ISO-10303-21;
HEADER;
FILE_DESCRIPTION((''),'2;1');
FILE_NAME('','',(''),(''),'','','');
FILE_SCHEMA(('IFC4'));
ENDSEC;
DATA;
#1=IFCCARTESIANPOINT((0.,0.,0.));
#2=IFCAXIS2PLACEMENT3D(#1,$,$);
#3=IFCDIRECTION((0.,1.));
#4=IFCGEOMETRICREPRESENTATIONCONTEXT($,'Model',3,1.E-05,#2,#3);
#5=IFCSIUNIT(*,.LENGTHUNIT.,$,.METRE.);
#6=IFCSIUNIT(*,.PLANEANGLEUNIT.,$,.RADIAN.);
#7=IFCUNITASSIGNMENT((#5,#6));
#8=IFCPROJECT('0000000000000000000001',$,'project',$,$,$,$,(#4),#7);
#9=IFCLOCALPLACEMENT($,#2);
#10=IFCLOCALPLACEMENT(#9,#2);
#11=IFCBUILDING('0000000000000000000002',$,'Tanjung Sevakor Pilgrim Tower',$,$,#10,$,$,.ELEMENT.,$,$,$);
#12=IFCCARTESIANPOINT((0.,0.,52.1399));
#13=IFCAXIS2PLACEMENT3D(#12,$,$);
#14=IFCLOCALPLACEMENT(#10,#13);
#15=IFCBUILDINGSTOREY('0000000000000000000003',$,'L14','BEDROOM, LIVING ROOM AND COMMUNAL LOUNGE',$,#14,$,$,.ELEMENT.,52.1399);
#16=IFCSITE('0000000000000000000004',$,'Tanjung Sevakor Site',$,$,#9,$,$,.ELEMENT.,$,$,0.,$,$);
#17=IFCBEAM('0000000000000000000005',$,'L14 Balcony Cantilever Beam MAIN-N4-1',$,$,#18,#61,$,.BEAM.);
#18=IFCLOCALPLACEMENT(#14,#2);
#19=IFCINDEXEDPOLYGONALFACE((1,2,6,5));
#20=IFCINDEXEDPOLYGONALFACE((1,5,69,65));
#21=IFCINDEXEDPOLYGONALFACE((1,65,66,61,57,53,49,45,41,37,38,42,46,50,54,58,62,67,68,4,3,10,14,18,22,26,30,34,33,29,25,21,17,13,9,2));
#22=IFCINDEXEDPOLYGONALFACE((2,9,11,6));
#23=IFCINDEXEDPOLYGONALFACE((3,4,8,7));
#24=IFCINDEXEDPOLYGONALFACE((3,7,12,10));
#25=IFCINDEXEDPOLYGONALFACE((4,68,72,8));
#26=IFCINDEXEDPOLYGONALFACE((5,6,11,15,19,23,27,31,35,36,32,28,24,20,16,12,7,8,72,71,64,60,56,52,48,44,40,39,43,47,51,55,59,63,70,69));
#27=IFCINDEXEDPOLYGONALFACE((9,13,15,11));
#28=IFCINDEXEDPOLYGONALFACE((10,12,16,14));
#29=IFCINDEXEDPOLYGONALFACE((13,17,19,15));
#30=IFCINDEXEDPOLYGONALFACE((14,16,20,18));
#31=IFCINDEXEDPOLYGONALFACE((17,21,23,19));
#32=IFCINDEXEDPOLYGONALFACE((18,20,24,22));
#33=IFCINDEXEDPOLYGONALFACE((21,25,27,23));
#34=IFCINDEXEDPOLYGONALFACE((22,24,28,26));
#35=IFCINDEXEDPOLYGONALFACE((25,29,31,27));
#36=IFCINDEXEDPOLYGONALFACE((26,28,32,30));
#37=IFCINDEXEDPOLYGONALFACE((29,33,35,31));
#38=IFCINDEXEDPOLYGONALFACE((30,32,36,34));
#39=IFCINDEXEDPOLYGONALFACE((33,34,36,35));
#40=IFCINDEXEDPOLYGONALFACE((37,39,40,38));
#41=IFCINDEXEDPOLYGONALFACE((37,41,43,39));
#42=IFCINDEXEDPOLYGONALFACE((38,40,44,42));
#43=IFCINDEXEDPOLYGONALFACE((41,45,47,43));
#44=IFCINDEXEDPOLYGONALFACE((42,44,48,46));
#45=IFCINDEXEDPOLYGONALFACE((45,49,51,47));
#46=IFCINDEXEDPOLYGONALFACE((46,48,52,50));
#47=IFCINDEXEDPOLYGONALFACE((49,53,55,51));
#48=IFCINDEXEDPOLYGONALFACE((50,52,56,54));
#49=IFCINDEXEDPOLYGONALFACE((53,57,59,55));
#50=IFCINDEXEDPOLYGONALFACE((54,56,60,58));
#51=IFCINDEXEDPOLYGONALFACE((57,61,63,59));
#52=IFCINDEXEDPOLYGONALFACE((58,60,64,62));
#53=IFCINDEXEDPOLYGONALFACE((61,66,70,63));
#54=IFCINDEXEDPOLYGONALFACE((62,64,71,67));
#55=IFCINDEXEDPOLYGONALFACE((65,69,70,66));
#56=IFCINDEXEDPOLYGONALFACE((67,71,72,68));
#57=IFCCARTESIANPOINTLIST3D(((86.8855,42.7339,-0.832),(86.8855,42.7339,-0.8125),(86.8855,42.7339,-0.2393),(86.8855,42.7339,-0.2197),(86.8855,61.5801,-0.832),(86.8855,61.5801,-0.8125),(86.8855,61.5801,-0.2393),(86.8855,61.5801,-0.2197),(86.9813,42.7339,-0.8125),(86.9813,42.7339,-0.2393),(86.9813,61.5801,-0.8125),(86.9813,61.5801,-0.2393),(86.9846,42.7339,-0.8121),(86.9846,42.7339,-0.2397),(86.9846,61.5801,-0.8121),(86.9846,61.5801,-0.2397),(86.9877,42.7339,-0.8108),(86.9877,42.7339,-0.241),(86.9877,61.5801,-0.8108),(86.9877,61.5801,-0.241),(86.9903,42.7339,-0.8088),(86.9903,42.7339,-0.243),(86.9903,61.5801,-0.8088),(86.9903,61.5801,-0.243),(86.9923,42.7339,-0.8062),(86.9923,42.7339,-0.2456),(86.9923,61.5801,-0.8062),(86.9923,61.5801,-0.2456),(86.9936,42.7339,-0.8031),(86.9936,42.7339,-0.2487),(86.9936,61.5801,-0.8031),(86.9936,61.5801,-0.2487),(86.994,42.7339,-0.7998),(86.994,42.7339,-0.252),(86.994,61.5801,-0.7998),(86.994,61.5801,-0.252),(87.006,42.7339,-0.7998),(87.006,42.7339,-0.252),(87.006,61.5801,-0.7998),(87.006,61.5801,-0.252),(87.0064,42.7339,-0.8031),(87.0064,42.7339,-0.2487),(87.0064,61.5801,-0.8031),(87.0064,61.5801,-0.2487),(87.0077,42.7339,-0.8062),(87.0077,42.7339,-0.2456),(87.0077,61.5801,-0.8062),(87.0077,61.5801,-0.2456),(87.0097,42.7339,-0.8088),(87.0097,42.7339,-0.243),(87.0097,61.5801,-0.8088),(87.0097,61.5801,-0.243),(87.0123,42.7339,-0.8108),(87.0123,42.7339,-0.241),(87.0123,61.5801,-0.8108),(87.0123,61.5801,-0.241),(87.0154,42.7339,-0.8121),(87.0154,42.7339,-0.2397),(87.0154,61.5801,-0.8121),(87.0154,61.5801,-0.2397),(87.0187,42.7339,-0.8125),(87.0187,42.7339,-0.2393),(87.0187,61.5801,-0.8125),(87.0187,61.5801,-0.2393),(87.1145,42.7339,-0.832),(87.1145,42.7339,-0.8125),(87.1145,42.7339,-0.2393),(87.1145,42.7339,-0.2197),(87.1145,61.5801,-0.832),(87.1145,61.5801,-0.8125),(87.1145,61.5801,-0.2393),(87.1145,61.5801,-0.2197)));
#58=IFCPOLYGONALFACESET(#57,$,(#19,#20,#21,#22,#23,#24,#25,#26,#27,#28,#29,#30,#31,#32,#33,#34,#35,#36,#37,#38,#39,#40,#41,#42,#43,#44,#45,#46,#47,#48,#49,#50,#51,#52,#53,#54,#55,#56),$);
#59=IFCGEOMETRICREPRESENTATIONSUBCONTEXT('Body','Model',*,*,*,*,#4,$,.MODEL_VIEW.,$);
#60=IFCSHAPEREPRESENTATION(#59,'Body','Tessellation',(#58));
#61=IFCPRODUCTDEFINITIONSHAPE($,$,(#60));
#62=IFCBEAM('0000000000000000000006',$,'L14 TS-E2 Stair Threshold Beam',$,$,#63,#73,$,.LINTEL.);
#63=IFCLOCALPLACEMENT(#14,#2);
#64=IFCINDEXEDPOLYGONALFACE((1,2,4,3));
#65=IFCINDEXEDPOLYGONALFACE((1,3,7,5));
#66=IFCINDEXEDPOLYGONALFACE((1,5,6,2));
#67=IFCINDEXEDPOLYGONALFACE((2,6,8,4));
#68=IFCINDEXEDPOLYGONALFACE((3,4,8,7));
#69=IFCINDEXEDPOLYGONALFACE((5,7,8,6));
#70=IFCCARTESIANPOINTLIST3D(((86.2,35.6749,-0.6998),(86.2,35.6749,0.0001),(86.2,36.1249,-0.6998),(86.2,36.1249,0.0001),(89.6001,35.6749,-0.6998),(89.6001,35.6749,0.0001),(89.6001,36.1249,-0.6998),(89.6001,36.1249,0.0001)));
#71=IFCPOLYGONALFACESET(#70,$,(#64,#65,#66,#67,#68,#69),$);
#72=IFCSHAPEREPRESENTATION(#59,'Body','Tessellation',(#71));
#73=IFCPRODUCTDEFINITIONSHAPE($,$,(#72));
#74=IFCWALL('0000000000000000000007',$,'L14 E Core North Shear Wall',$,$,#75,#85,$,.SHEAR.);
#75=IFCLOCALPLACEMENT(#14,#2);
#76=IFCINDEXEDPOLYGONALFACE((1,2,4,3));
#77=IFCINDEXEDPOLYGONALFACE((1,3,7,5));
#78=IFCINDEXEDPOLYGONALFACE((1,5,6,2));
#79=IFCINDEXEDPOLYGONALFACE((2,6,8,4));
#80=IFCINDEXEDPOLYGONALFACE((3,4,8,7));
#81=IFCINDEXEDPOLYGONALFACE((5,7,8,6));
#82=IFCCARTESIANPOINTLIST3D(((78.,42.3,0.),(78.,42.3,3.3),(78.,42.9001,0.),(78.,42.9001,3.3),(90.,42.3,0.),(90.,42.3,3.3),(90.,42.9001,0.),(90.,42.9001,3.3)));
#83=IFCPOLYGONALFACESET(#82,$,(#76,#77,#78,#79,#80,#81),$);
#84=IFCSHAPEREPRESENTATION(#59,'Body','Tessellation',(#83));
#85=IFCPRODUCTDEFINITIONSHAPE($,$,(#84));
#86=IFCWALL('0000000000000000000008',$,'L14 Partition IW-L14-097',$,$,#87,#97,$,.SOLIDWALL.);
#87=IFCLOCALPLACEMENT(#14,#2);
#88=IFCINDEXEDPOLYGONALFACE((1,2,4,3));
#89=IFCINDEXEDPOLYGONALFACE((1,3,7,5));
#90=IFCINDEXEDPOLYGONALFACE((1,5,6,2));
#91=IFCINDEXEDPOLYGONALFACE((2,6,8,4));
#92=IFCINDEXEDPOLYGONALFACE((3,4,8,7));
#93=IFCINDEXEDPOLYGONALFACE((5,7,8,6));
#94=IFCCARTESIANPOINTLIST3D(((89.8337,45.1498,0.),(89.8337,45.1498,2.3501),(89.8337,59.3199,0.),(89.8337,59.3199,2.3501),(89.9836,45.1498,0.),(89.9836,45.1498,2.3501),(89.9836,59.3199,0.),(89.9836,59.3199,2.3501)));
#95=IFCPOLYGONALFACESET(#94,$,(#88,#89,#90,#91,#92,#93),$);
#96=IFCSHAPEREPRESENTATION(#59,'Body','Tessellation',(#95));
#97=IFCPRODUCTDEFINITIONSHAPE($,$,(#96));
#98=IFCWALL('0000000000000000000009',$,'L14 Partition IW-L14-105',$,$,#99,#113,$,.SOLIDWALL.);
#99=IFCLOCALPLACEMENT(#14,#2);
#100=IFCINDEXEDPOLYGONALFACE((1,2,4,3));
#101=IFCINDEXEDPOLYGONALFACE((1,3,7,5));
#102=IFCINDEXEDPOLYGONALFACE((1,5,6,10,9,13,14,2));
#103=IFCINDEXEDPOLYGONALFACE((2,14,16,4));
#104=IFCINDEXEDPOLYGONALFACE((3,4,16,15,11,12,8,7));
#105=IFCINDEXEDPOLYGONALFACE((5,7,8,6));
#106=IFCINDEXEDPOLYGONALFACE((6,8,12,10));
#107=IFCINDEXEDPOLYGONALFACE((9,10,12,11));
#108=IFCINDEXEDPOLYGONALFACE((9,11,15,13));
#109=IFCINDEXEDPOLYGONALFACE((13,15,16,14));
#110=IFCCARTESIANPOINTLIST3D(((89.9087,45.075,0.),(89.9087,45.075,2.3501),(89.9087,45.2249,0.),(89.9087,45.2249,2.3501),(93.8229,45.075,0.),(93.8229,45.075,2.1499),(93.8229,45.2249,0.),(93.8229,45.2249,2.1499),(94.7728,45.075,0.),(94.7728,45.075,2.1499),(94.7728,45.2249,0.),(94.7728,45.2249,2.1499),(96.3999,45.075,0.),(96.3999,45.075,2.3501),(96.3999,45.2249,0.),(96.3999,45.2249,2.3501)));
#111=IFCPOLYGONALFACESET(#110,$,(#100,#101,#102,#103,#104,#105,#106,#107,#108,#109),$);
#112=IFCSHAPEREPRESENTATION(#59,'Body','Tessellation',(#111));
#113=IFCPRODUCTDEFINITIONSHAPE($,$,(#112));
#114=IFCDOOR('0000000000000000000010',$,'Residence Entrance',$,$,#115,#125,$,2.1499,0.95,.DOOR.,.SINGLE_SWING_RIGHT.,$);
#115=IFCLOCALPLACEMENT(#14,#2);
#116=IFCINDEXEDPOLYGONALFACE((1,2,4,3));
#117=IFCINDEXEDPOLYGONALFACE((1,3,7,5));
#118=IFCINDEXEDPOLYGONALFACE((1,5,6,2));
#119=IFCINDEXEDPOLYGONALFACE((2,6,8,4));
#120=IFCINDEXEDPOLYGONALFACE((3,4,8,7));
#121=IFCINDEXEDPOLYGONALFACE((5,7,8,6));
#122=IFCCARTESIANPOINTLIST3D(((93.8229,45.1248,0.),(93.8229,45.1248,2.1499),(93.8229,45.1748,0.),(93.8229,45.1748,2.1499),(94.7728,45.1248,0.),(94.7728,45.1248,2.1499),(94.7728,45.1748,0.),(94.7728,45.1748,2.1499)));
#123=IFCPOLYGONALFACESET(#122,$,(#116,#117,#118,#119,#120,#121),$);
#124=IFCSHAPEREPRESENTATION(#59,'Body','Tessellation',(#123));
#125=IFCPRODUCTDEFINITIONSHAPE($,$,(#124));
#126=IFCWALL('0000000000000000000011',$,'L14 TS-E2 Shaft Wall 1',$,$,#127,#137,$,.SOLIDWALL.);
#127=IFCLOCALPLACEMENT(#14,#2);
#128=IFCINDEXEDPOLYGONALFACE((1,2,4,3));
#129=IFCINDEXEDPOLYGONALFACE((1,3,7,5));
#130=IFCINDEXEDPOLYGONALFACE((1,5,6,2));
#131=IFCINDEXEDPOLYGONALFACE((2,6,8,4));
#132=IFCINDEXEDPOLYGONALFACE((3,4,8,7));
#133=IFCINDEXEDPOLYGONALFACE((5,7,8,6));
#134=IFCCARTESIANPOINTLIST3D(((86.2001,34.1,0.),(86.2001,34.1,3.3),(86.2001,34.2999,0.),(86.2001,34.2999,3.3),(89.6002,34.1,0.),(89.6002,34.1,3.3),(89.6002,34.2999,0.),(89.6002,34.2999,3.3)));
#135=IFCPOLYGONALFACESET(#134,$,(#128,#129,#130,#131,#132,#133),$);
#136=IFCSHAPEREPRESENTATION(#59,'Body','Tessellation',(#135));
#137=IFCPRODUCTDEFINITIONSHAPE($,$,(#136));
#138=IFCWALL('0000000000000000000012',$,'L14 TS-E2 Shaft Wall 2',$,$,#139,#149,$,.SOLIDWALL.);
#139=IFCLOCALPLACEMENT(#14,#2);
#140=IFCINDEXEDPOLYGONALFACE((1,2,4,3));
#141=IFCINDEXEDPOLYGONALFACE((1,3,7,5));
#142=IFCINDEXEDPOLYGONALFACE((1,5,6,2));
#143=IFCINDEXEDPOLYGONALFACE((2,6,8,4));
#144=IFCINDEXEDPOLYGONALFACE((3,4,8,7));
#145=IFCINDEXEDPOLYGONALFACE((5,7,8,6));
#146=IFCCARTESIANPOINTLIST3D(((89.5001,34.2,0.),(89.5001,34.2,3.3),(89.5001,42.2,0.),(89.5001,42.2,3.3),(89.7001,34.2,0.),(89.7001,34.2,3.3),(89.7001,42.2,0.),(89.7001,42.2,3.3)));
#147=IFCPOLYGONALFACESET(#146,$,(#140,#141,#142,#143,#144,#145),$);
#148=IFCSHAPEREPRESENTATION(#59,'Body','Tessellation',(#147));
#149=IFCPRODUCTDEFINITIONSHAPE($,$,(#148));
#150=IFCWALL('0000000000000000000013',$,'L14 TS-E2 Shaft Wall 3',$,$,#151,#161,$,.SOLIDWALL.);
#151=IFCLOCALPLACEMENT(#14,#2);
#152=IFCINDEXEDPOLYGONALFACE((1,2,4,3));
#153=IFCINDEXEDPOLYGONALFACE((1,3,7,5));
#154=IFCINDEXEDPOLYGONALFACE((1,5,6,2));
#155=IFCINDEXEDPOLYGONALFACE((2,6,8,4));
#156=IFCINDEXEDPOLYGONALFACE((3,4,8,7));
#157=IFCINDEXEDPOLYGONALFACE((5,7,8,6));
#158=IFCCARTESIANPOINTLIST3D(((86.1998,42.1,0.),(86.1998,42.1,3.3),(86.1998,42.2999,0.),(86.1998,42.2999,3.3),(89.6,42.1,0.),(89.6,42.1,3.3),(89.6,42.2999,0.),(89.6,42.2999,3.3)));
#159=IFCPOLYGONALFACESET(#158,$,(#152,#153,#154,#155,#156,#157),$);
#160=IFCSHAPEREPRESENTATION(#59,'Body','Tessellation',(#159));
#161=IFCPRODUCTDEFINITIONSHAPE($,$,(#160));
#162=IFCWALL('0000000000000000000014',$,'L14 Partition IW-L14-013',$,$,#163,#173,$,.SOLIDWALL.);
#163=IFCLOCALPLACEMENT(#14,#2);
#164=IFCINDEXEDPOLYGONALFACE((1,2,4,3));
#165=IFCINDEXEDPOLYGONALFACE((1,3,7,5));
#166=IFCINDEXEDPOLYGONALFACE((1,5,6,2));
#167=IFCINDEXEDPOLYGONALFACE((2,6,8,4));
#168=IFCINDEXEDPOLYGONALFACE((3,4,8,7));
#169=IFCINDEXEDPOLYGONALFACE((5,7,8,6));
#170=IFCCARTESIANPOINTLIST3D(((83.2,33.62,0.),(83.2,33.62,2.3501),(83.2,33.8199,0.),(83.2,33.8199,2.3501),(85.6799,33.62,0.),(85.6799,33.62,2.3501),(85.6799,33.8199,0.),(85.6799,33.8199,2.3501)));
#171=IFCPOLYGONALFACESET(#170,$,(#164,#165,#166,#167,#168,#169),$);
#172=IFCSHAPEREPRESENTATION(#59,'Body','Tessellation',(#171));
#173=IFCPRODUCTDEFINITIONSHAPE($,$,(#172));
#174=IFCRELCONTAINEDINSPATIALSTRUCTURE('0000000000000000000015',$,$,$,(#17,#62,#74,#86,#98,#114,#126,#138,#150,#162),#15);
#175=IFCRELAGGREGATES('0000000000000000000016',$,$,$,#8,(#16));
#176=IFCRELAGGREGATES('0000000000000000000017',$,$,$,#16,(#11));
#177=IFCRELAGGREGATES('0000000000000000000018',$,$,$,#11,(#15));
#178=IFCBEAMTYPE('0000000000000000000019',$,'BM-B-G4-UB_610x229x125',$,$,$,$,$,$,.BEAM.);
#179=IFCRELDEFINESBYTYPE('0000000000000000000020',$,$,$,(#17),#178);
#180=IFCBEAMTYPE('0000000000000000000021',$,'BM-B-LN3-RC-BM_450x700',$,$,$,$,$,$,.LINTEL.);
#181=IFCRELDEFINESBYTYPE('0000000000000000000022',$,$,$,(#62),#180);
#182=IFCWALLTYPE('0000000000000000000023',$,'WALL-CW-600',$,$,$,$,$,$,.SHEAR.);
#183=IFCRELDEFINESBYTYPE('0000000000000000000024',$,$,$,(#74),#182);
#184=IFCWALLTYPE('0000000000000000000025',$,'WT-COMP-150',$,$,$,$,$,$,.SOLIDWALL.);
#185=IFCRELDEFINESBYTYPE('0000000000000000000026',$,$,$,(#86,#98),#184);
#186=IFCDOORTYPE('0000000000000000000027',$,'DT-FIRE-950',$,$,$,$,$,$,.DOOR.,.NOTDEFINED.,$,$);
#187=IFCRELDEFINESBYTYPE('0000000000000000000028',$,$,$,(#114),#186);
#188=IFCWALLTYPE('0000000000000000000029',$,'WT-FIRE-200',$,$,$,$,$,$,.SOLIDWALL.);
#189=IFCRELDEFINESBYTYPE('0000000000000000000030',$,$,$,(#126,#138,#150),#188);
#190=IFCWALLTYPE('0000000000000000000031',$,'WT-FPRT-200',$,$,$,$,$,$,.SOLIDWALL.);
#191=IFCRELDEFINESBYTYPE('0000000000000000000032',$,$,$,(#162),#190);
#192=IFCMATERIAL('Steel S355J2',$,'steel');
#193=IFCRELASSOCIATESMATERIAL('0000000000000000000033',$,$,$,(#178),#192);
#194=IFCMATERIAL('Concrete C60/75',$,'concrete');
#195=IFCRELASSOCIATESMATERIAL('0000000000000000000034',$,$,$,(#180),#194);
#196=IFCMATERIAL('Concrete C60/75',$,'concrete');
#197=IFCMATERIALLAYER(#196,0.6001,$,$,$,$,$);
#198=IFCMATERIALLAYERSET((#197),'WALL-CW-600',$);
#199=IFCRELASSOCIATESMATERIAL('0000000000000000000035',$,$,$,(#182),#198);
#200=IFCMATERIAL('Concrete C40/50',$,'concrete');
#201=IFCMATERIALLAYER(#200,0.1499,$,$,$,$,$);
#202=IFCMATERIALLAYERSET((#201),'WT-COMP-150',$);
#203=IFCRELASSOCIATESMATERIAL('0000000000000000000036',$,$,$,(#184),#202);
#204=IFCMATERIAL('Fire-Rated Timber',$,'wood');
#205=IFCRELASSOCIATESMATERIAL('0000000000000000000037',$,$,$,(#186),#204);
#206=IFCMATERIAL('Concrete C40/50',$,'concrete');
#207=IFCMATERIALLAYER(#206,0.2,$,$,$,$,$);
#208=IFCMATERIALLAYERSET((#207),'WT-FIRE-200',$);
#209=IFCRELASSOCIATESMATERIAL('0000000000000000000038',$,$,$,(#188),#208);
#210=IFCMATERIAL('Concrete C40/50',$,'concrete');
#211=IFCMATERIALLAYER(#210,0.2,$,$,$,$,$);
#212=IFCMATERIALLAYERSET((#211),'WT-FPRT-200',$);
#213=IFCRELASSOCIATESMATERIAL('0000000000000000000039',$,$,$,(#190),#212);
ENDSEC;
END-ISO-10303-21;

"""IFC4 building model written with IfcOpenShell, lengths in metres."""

from ifc_helpers import new_model, si_unit, direction, frame, frame_2d, origin, origin_2d, place, context, subcontext, project, spatial, rectangle, i_section, extrude, material, layer, layer_set, material_profile, profile_set, type_object, element, fill, save


model = new_model("IFC4")

# Units and contexts
model_context = context("Model", 3, precision=1e-05, world=origin(), true_north=direction((0.0, 1.0)))
body_context = subcontext(model_context, "Body", "Model", "MODEL_VIEW")
ifc_project = project(units=[si_unit("LENGTHUNIT", "METRE"), si_unit("PLANEANGLEUNIT", "RADIAN")], contexts=[model_context])

# Site, building, storey
site_placement = place(None, origin())
site = spatial("IfcSite", under=ifc_project, at=site_placement, Name="Tanjung Sevakor Site", CompositionType="ELEMENT", RefElevation=0.0)
building_placement = place(site_placement, origin())
building = spatial("IfcBuilding", under=site, at=building_placement, Name="Tanjung Sevakor Pilgrim Tower", CompositionType="ELEMENT")
storey_placement = place(building_placement, frame((0.0, 0.0, 52.1399)))
storey = spatial("IfcBuildingStorey", under=building, at=storey_placement, Name="L14", Description="BEDROOM, LIVING ROOM AND COMMUNAL LOUNGE", CompositionType="ELEMENT", Elevation=52.1399)

# Beams
ifc_material_1 = material(Name="Steel S355J2", Category="steel")
ifc_material_profile_1 = material_profile(ifc_material_1, i_section(OverallWidth=0.229, OverallDepth=0.6123, WebThickness=0.012, FlangeThickness=0.0195, FilletRadius=0.0127, at=origin_2d()))
ifc_profile_set_1 = profile_set([ifc_material_profile_1], Name="Steel S355J2")
beam_type_1 = type_object("IfcBeamType", Name="BM-B-G4-UB_610x229x125", PredefinedType="BEAM", material=ifc_profile_set_1)
beam_1_placement = place(storey_placement, frame((87.0, 42.7339, -0.5259), z_axis=(0.0, 1.0, 0.0), x_axis=(-1.0, 0.0, 0.0)))
element("IfcBeam", 1, at=beam_1_placement, inside=storey, type_object=beam_type_1, Name="L14 Balcony Cantilever Beam MAIN-N4-1", PredefinedType="BEAM", context=body_context, shape_type="SweptSolid", body=[
    extrude(i_section(OverallWidth=0.229, OverallDepth=0.6123, WebThickness=0.012, FlangeThickness=0.0195, FilletRadius=0.0127, at=origin_2d()), origin(), (0.0, 0.0, 1.0), 18.8462),
])
ifc_material_2 = material(Name="Concrete C60/75", Category="concrete")
ifc_material_profile_2 = material_profile(ifc_material_2, rectangle(XDim=0.45, YDim=0.7, at=origin_2d()))
ifc_profile_set_2 = profile_set([ifc_material_profile_2], Name="Concrete C60/75")
beam_type_2 = type_object("IfcBeamType", Name="BM-B-LN3-RC-BM_450x700", PredefinedType="LINTEL", material=ifc_profile_set_2)
beam_2_placement = place(storey_placement, frame((86.2, 35.8999, -0.3499), z_axis=(1.0, 0.0, 0.0), x_axis=(0.0, 1.0, 0.0)))
element("IfcBeam", 2, at=beam_2_placement, inside=storey, type_object=beam_type_2, Name="L14 TS-E2 Stair Threshold Beam", PredefinedType="LINTEL", context=body_context, shape_type="SweptSolid", body=[
    extrude(rectangle(XDim=0.45, YDim=0.7, at=origin_2d()), origin(), (0.0, 0.0, 1.0), 3.4001),
])

# Walls
ifc_material_3 = material(Name="Concrete C60/75", Category="concrete")
ifc_layer_1 = layer(ifc_material_3, 0.6001)
ifc_layer_set_1 = layer_set([ifc_layer_1], Name="WALL-CW-600")
wall_type_1 = type_object("IfcWallType", Name="WALL-CW-600", PredefinedType="SHEAR", material=ifc_layer_set_1)
wall_1_placement = place(storey_placement, frame((90.0, 42.6001, 0.0), z_axis=(0.0, 0.0, 1.0), x_axis=(-1.0, 0.0, 0.0)))
element("IfcWall", 3, at=wall_1_placement, inside=storey, type_object=wall_type_1, Name="L14 E Core North Shear Wall", PredefinedType="SHEAR", context=body_context, shape_type="SweptSolid", body=[
    extrude(rectangle(XDim=12.0, YDim=0.6001, at=frame_2d((6.0, 0.0))), origin(), (0.0, 0.0, 1.0), 3.3),
])
ifc_material_4 = material(Name="Concrete C40/50", Category="concrete")
ifc_layer_2 = layer(ifc_material_4, 0.1499)
ifc_layer_set_2 = layer_set([ifc_layer_2], Name="WT-COMP-150")
wall_type_2 = type_object("IfcWallType", Name="WT-COMP-150", PredefinedType="SOLIDWALL", material=ifc_layer_set_2)
wall_2_placement = place(storey_placement, frame((89.9087, 45.1499, 0.0), z_axis=(0.0, 0.0, 1.0), x_axis=(0.0, 1.0, 0.0)))
element("IfcWall", 4, at=wall_2_placement, inside=storey, type_object=wall_type_2, Name="L14 Partition IW-L14-097", PredefinedType="SOLIDWALL", context=body_context, shape_type="SweptSolid", body=[
    extrude(rectangle(XDim=14.1702, YDim=0.1499, at=frame_2d((7.085, 0.0))), origin(), (0.0, 0.0, 1.0), 2.3501),
])

# Wall, opening, door
wall_3_placement = place(storey_placement, frame((89.9087, 45.1499, 0.0), z_axis=(0.0, 0.0, 1.0), x_axis=(1.0, 0.0, 0.0)))
wall_3 = element("IfcWall", 5, at=wall_3_placement, inside=storey, type_object=wall_type_2, Name="L14 Partition IW-L14-105", PredefinedType="SOLIDWALL", context=body_context, shape_type="SweptSolid", body=[
    extrude(rectangle(XDim=6.4912, YDim=0.1499, at=frame_2d((3.2456, 0.0))), origin(), (0.0, 0.0, 1.0), 2.3501),
])
opening_1_placement = place(wall_3_placement, frame((3.9141, 0.0, 0.0)))
opening_1 = element("IfcOpeningElement", 6, at=opening_1_placement, cuts=wall_3, PredefinedType="OPENING", context=body_context, shape_type="SweptSolid", body=[
    extrude(rectangle(XDim=0.95, YDim=2.1499, at=frame_2d((0.4751, 1.075))), frame((0.0, 0.085, 0.0), z_axis=(0.0, -1.0, 0.0), x_axis=(1.0, 0.0, 0.0)), (0.0, 0.0, 1.0), 0.1699),
])
ifc_material_5 = material(Name="Fire-Rated Timber", Category="wood")
door_type_1 = type_object("IfcDoorType", Name="DT-FIRE-950", OperationType="NOTDEFINED", PredefinedType="DOOR", material=ifc_material_5)
door_1_placement = place(opening_1_placement, origin())
door_1 = element("IfcDoor", 7, at=door_1_placement, inside=storey, type_object=door_type_1, Name="Residence Entrance", OperationType="SINGLE_SWING_RIGHT", OverallHeight=2.1499, OverallWidth=0.95, PredefinedType="DOOR", context=body_context, shape_type="SweptSolid", body=[
    extrude(rectangle(XDim=0.95, YDim=2.1499, at=frame_2d((0.4751, 1.075))), frame((0.0, 0.0249, 0.0), z_axis=(0.0, -1.0, 0.0), x_axis=(1.0, 0.0, 0.0)), (0.0, 0.0, 1.0), 0.05),
])
fill(opening_1, door_1)

# Walls
ifc_material_6 = material(Name="Concrete C40/50", Category="concrete")
ifc_layer_3 = layer(ifc_material_6, 0.2)
ifc_layer_set_3 = layer_set([ifc_layer_3], Name="WT-FIRE-200")
wall_type_3 = type_object("IfcWallType", Name="WT-FIRE-200", PredefinedType="SOLIDWALL", material=ifc_layer_set_3)
wall_4_placement = place(storey_placement, frame((86.2, 34.2, 0.0), z_axis=(0.0, 0.0, 1.0), x_axis=(1.0, 0.0, 0.0)))
element("IfcWall", 8, at=wall_4_placement, inside=storey, type_object=wall_type_3, Name="L14 TS-E2 Shaft Wall 1", PredefinedType="SOLIDWALL", context=body_context, shape_type="SweptSolid", body=[
    extrude(rectangle(XDim=3.4001, YDim=0.2, at=frame_2d((1.7002, 0.0))), origin(), (0.0, 0.0, 1.0), 3.3),
])
wall_5_placement = place(storey_placement, frame((89.6001, 34.2, 0.0), z_axis=(0.0, 0.0, 1.0), x_axis=(0.0, 1.0, 0.0)))
element("IfcWall", 9, at=wall_5_placement, inside=storey, type_object=wall_type_3, Name="L14 TS-E2 Shaft Wall 2", PredefinedType="SOLIDWALL", context=body_context, shape_type="SweptSolid", body=[
    extrude(rectangle(XDim=8.0, YDim=0.2, at=frame_2d((4.0, 0.0))), origin(), (0.0, 0.0, 1.0), 3.3),
])
wall_6_placement = place(storey_placement, frame((89.6001, 42.2, 0.0), z_axis=(0.0, 0.0, 1.0), x_axis=(-1.0, 0.0, 0.0)))
element("IfcWall", 10, at=wall_6_placement, inside=storey, type_object=wall_type_3, Name="L14 TS-E2 Shaft Wall 3", PredefinedType="SOLIDWALL", context=body_context, shape_type="SweptSolid", body=[
    extrude(rectangle(XDim=3.4001, YDim=0.2, at=frame_2d((1.7002, 0.0))), origin(), (0.0, 0.0, 1.0), 3.3),
])
ifc_material_7 = material(Name="Concrete C40/50", Category="concrete")
ifc_layer_4 = layer(ifc_material_7, 0.2)
ifc_layer_set_4 = layer_set([ifc_layer_4], Name="WT-FPRT-200")
wall_type_4 = type_object("IfcWallType", Name="WT-FPRT-200", PredefinedType="SOLIDWALL", material=ifc_layer_set_4)
for number, where, z_axis, x_axis, name in (
    (11, (83.2, 33.72, 0.0), (0.0, 0.0, 1.0), (1.0, 0.0, 0.0), "L14 Partition IW-L14-013"),
):
    element("IfcWall", number, at=place(storey_placement, frame(where, z_axis=z_axis, x_axis=x_axis)), inside=storey, type_object=wall_type_4, Name=name, PredefinedType="SOLIDWALL", context=body_context, shape_type="SweptSolid", body=[
        extrude(rectangle(XDim=2.48, YDim=0.2, at=frame_2d((1.24, 0.0))), origin(), (0.0, 0.0, 1.0), 2.3501),
    ])

save(model, "model.ifc")
